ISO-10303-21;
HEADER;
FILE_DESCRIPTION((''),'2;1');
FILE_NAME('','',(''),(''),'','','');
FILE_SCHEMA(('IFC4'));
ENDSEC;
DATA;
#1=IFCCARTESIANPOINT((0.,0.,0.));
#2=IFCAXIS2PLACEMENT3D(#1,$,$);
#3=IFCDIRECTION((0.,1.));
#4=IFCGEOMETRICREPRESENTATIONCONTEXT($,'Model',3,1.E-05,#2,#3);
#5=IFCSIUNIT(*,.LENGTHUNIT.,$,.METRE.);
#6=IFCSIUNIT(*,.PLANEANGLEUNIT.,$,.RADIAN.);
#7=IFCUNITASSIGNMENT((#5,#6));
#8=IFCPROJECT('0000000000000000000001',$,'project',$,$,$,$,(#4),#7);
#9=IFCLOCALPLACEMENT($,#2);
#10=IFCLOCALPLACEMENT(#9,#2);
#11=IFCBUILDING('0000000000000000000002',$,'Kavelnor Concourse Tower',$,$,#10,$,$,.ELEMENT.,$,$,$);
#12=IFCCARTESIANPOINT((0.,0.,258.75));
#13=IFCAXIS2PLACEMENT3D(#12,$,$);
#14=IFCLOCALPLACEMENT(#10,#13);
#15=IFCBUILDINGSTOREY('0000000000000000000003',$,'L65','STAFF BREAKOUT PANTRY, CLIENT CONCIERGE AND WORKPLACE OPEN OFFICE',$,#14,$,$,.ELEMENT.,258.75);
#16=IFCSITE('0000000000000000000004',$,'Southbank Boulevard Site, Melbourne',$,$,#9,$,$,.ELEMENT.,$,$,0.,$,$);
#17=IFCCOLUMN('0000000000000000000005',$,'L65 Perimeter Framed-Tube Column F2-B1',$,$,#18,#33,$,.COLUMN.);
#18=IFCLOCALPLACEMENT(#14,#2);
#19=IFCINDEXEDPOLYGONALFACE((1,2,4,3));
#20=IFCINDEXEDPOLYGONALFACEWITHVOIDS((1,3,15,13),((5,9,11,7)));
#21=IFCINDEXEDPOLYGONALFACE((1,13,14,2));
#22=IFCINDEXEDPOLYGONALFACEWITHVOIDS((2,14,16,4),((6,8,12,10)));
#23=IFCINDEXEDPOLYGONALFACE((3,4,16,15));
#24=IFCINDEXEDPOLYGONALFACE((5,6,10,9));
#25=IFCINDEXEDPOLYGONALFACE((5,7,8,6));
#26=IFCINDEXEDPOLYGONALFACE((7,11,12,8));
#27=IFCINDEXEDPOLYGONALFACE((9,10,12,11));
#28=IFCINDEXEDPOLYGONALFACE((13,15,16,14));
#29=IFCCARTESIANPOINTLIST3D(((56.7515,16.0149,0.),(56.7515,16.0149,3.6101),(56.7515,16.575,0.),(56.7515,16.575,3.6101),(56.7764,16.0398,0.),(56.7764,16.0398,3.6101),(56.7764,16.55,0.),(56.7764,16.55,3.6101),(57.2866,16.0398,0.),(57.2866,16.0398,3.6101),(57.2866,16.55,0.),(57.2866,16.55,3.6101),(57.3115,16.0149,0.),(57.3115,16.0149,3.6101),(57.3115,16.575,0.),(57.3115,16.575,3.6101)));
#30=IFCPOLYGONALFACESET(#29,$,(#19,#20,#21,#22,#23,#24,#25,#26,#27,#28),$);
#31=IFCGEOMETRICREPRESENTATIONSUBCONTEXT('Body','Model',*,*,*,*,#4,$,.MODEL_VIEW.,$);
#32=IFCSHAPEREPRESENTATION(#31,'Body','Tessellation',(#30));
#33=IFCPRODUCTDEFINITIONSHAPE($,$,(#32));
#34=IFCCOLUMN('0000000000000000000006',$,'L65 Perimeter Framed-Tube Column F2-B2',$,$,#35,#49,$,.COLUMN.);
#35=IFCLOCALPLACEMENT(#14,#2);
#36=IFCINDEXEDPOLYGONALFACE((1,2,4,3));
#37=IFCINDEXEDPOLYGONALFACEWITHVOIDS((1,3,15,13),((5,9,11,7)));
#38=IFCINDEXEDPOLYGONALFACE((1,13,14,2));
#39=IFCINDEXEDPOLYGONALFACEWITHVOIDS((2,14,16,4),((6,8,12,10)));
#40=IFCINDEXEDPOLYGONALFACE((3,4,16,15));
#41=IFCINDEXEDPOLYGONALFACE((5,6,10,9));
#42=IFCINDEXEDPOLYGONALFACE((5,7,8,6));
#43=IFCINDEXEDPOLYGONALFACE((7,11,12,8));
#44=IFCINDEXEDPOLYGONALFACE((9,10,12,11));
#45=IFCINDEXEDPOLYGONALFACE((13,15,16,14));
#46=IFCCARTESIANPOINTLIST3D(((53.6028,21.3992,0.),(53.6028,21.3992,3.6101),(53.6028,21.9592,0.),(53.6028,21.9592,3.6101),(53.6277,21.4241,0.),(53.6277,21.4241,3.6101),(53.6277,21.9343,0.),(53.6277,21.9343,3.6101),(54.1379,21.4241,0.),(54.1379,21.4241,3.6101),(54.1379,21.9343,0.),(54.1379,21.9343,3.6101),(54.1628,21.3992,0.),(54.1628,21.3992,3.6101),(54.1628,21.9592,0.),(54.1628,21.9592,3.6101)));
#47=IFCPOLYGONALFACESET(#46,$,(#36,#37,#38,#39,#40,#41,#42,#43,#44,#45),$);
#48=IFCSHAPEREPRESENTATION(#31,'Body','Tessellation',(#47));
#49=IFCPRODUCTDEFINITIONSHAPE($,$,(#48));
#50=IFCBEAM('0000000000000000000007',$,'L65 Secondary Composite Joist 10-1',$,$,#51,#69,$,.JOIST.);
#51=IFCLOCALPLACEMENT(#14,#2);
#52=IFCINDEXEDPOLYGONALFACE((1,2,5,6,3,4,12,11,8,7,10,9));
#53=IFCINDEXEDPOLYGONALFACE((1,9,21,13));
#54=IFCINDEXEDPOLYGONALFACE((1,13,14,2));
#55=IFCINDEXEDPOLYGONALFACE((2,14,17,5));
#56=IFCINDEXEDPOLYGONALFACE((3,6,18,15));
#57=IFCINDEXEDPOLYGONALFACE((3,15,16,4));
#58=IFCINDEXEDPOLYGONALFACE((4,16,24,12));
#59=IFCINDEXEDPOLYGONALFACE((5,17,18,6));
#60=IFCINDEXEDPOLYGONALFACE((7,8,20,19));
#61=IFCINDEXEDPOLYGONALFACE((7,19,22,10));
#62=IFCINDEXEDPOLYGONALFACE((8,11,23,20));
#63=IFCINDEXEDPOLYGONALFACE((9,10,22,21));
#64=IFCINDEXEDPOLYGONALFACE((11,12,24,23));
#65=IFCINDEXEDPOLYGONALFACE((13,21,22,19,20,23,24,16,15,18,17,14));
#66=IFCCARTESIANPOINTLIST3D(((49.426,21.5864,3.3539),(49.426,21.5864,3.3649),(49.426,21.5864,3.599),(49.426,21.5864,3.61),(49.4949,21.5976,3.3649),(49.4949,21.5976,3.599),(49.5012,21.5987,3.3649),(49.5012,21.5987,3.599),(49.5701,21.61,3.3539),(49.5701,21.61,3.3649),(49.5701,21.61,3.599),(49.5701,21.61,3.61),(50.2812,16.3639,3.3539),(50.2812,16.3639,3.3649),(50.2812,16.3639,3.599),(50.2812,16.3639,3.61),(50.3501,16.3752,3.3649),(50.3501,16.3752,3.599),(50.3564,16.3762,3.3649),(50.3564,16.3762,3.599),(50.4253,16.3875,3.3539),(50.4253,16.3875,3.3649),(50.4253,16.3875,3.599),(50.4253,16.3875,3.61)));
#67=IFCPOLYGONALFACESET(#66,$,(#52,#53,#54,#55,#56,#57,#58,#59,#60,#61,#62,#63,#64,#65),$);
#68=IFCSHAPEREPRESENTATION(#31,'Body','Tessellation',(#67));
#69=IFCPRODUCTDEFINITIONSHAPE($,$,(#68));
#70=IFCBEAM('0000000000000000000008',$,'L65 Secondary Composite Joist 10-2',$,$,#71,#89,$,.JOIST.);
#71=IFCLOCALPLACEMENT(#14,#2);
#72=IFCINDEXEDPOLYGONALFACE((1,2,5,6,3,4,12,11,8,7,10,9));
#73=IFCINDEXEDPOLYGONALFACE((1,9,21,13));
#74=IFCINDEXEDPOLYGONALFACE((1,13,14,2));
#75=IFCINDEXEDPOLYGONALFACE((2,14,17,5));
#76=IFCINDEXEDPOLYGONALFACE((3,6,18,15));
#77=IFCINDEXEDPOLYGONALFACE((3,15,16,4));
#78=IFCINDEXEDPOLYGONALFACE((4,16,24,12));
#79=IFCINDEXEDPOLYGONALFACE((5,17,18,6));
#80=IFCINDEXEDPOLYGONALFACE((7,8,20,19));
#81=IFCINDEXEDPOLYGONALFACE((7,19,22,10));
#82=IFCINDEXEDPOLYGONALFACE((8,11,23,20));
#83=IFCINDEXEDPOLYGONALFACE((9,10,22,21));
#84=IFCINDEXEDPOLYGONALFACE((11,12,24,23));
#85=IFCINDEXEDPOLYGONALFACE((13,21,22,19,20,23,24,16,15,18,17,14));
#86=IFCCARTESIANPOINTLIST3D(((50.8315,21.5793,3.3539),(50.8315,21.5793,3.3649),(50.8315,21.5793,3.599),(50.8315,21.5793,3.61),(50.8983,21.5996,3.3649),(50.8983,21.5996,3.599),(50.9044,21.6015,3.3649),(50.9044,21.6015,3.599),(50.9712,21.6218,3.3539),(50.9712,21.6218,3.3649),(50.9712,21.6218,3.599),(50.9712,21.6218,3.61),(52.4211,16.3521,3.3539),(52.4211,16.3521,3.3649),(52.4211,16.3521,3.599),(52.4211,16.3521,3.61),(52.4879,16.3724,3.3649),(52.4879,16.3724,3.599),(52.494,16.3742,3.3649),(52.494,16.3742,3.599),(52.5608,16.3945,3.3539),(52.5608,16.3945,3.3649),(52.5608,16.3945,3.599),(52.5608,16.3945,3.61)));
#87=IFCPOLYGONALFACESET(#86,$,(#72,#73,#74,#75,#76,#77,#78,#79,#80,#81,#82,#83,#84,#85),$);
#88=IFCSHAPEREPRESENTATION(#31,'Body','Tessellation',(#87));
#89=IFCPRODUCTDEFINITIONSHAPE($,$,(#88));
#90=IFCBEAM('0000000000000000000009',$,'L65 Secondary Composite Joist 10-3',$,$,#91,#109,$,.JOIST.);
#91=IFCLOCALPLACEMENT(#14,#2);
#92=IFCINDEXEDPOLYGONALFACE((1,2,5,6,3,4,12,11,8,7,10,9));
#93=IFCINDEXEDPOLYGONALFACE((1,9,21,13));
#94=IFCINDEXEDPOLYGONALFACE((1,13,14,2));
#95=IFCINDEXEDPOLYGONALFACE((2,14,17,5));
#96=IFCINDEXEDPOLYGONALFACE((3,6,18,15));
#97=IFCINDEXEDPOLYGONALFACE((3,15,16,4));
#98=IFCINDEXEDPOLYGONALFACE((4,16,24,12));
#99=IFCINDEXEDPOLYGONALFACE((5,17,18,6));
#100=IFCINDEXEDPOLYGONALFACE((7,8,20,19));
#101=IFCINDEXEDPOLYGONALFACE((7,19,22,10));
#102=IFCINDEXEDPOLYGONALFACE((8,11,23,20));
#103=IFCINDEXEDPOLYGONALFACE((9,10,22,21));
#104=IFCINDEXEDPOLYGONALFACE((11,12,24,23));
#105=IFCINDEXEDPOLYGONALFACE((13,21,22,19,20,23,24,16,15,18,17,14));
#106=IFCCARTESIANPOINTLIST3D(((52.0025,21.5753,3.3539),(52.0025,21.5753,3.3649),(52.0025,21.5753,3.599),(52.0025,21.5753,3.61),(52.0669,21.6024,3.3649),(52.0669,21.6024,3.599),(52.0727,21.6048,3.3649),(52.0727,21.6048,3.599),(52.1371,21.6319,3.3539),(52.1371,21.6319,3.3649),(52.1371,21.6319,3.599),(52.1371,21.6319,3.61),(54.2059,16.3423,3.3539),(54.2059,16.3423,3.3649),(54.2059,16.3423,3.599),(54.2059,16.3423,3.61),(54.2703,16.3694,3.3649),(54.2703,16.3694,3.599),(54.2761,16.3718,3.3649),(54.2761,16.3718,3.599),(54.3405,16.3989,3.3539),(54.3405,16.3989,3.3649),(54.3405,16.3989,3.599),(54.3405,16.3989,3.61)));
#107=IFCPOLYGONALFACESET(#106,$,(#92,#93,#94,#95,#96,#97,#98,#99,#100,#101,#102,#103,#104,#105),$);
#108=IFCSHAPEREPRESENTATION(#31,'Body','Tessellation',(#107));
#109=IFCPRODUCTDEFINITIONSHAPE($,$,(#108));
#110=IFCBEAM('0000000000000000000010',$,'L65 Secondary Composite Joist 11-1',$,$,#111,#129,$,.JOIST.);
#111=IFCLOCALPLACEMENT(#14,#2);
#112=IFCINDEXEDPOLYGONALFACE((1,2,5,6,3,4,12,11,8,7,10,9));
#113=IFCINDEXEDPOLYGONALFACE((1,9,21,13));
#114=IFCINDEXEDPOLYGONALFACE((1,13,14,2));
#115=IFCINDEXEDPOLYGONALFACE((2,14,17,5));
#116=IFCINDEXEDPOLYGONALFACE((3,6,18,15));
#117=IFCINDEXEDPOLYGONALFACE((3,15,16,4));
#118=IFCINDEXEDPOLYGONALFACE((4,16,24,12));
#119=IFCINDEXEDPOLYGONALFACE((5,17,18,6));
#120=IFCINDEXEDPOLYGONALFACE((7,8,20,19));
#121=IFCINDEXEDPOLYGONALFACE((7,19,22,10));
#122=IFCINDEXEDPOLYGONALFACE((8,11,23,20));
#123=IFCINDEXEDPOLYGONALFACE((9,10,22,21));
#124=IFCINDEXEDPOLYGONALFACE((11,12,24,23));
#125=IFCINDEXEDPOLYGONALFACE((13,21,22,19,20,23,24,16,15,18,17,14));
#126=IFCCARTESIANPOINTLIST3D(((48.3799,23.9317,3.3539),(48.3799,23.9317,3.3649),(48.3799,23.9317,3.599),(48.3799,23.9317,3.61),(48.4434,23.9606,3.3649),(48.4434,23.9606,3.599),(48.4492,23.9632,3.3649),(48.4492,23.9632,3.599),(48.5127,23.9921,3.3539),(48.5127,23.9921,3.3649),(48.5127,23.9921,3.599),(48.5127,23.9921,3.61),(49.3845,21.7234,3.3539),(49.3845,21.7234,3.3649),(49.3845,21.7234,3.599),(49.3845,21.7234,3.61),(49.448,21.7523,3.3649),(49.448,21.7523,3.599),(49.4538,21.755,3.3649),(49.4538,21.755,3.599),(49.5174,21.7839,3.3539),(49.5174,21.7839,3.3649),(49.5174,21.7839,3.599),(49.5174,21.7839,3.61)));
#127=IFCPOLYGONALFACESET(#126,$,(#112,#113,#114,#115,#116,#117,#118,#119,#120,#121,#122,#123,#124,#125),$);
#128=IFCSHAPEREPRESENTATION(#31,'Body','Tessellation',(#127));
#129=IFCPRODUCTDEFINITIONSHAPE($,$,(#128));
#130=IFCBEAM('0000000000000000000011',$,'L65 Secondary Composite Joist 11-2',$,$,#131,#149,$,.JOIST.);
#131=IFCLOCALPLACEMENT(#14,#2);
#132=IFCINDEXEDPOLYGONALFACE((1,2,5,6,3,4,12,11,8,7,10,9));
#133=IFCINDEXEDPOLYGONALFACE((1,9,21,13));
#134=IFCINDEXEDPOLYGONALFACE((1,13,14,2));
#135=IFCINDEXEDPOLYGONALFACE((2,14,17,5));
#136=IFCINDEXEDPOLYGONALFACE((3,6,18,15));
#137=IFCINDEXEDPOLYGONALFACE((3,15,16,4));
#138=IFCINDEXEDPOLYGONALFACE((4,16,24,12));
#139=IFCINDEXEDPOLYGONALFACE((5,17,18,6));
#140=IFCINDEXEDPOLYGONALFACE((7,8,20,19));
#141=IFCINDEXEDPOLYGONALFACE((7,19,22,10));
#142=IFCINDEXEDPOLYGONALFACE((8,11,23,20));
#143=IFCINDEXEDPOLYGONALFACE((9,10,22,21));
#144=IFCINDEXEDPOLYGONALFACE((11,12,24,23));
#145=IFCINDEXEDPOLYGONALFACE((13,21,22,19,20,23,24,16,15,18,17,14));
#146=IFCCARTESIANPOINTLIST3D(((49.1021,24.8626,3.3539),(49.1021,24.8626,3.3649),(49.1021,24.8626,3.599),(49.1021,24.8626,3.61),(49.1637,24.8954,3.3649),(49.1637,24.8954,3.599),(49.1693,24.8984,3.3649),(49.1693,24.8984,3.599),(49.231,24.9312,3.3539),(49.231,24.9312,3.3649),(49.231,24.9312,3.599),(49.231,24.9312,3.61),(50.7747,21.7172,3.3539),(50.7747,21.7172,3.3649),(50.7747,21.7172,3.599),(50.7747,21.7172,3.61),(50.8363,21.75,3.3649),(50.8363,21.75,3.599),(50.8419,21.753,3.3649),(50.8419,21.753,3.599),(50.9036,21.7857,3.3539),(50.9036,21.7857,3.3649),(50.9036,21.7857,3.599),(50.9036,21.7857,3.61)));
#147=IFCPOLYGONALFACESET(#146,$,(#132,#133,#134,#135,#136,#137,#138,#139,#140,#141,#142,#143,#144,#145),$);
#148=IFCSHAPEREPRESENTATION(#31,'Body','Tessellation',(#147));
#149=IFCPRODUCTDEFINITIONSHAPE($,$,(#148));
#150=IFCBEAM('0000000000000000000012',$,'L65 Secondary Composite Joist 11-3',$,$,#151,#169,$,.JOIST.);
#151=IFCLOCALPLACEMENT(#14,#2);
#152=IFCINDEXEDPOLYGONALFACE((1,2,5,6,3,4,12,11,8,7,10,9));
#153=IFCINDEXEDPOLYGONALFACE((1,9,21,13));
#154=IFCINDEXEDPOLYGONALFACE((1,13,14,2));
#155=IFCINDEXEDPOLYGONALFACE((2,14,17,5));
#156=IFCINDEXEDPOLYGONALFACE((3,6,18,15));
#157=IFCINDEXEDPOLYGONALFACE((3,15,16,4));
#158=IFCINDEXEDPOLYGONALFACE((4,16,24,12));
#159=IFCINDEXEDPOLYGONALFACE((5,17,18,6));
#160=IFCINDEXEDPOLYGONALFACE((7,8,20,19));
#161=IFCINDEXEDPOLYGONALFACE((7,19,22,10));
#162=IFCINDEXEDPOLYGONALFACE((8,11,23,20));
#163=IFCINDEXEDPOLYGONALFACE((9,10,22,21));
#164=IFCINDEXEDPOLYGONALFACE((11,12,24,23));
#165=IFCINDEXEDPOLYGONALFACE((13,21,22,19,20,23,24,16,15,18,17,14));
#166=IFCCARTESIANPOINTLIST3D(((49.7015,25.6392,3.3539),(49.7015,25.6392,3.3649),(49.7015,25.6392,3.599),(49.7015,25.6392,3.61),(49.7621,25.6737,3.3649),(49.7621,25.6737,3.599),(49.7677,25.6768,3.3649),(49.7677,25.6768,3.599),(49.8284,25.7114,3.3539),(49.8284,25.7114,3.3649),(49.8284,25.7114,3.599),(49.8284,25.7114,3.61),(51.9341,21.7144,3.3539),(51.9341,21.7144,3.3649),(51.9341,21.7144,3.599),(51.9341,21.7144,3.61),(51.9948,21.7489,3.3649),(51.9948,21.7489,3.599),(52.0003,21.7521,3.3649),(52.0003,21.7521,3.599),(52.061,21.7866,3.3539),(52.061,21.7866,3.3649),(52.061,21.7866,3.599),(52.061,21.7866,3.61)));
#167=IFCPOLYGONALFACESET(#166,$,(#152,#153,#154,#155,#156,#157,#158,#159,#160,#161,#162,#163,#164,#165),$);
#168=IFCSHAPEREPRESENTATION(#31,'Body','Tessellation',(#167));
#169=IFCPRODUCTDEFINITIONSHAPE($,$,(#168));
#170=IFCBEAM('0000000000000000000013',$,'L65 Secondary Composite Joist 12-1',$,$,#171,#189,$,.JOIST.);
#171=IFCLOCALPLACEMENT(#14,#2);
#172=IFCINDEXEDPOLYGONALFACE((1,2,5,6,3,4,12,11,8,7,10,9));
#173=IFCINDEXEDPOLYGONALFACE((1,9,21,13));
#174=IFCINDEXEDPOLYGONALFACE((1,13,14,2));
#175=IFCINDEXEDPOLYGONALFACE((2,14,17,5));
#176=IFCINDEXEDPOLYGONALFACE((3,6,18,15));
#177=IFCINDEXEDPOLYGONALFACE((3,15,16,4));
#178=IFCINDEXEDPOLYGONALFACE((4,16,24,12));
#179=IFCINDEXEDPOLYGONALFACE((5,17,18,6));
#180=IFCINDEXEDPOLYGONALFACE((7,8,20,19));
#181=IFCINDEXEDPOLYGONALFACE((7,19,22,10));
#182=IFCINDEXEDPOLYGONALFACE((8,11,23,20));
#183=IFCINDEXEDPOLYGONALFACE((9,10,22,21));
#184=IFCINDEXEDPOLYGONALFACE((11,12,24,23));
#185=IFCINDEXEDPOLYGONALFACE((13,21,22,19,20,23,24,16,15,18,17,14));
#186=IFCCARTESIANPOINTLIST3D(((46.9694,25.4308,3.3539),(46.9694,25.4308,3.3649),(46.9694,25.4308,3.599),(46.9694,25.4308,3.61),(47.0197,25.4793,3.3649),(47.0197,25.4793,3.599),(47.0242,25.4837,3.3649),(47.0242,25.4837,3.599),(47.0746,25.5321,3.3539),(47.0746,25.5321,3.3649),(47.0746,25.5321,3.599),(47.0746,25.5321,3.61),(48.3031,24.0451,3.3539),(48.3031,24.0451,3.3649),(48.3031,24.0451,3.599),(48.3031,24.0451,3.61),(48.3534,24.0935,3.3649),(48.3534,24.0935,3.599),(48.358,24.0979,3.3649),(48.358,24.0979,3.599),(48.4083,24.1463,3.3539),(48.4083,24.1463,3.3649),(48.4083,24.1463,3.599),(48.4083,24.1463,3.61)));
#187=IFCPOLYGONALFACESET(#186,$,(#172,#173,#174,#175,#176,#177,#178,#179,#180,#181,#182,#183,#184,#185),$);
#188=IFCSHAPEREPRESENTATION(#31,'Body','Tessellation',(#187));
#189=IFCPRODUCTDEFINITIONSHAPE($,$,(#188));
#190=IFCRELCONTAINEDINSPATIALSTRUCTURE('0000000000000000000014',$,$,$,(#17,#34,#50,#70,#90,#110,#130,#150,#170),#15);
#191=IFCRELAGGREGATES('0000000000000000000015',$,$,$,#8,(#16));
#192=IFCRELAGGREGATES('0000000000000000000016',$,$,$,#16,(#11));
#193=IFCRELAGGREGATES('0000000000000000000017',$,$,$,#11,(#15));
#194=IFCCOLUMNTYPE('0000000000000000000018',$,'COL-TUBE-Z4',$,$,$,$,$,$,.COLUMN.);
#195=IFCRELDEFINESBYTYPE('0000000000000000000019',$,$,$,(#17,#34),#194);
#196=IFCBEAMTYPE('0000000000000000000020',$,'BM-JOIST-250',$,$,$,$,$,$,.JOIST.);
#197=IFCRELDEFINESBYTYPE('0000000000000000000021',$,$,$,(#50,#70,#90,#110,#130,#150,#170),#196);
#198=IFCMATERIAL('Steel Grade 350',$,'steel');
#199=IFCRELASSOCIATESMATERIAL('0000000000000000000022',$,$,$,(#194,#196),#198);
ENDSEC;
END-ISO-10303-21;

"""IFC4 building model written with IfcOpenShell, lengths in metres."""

from ifc_helpers import new_model, si_unit, direction, frame, origin, origin_2d, place, context, subcontext, project, spatial, hollow_rectangle, i_section, extrude, material, material_profile, profile_set, type_object, element, save


model = new_model("IFC4")

# Units and contexts
model_context = context("Model", 3, precision=1e-05, world=origin(), true_north=direction((0.0, 1.0)))
body_context = subcontext(model_context, "Body", "Model", "MODEL_VIEW")
ifc_project = project(units=[si_unit("LENGTHUNIT", "METRE"), si_unit("PLANEANGLEUNIT", "RADIAN")], contexts=[model_context])

# Site, building, storey
site_placement = place(None, origin())
site = spatial("IfcSite", under=ifc_project, at=site_placement, Name="Southbank Boulevard Site, Melbourne", CompositionType="ELEMENT", RefElevation=0.0)
building_placement = place(site_placement, origin())
building = spatial("IfcBuilding", under=site, at=building_placement, Name="Kavelnor Concourse Tower", CompositionType="ELEMENT")
storey_placement = place(building_placement, frame((0.0, 0.0, 258.75)))
storey = spatial("IfcBuildingStorey", under=building, at=storey_placement, Name="L65", Description="STAFF BREAKOUT PANTRY, CLIENT CONCIERGE AND WORKPLACE OPEN OFFICE", CompositionType="ELEMENT", Elevation=258.75)

# Columns
ifc_material_1 = material(Name="Steel Grade 350", Category="steel")
ifc_material_profile_1 = material_profile(ifc_material_1, hollow_rectangle(XDim=0.5601, YDim=0.5601, WallThickness=0.0249, at=origin_2d()), Name="SHS 560x560x25")
ifc_profile_set_1 = profile_set([ifc_material_profile_1], Name="Steel Grade 350")
column_type = type_object("IfcColumnType", Name="COL-TUBE-Z4", PredefinedType="COLUMN", material=ifc_profile_set_1)
for number, where, z_axis, x_axis, name in (
    (1, (57.0315, 16.2949, 0.0), (0.0, 0.0, 1.0), (1.0, 0.0, 0.0), "L65 Perimeter Framed-Tube Column F2-B1"),
    (2, (53.8828, 21.6792, 0.0), (0.0, 0.0, 1.0), (1.0, 0.0, 0.0), "L65 Perimeter Framed-Tube Column F2-B2"),
):
    element("IfcColumn", number, at=place(storey_placement, frame(where, z_axis=z_axis, x_axis=x_axis)), inside=storey, type_object=column_type, Name=name, PredefinedType="COLUMN", context=body_context, shape_type="SweptSolid", body=[
        extrude(hollow_rectangle(XDim=0.5601, YDim=0.5601, WallThickness=0.0249, at=origin_2d()), origin(), (0.0, 0.0, 1.0), 3.6101),
    ])

# Beams
ifc_material_profile_2 = material_profile(ifc_material_1, i_section(OverallWidth=0.146, OverallDepth=0.2561, WebThickness=0.0063, FlangeThickness=0.011, at=origin_2d()), Name="250UB37")
ifc_profile_set_2 = profile_set([ifc_material_profile_2], Name="Steel Grade 350")
beam_type_1 = type_object("IfcBeamType", Name="BM-JOIST-250", PredefinedType="JOIST", material=ifc_profile_set_2)
beam_1_placement = place(storey_placement, frame((50.3533, 16.3757, 3.4819), z_axis=(-0.161608, 0.986855, 0.0), x_axis=(-0.986855, -0.161608, 0.0)))
element("IfcBeam", 3, at=beam_1_placement, inside=storey, type_object=beam_type_1, Name="L65 Secondary Composite Joist 10-1", PredefinedType="JOIST", context=body_context, shape_type="SweptSolid", body=[
    extrude(i_section(OverallWidth=0.146, OverallDepth=0.2561, WebThickness=0.0063, FlangeThickness=0.011, at=origin_2d()), origin(), (0.0, 0.0, 1.0), 5.292),
])
beam_2_placement = place(storey_placement, frame((52.491, 16.3733, 3.4819), z_axis=(-0.290941, 0.956741, 0.0), x_axis=(-0.956741, -0.290941, 0.0)))
element("IfcBeam", 4, at=beam_2_placement, inside=storey, type_object=beam_type_1, Name="L65 Secondary Composite Joist 10-2", PredefinedType="JOIST", context=body_context, shape_type="SweptSolid", body=[
    extrude(i_section(OverallWidth=0.146, OverallDepth=0.2561, WebThickness=0.0063, FlangeThickness=0.011, at=origin_2d()), origin(), (0.0, 0.0, 1.0), 5.4636),
])
beam_3_placement = place(storey_placement, frame((54.2732, 16.3706, 3.4819), z_axis=(-0.388063, 0.921633, 0.0), x_axis=(-0.921633, -0.388063, 0.0)))
element("IfcBeam", 5, at=beam_3_placement, inside=storey, type_object=beam_type_1, Name="L65 Secondary Composite Joist 10-3", PredefinedType="JOIST", context=body_context, shape_type="SweptSolid", body=[
    extrude(i_section(OverallWidth=0.146, OverallDepth=0.2561, WebThickness=0.0063, FlangeThickness=0.011, at=origin_2d()), origin(), (0.0, 0.0, 1.0), 5.678),
])
beam_4_placement = place(storey_placement, frame((49.4509, 21.7537, 3.4819), z_axis=(-0.414106, 0.910229, 0.0), x_axis=(-0.910229, -0.414106, 0.0)))
element("IfcBeam", 6, at=beam_4_placement, inside=storey, type_object=beam_type_1, Name="L65 Secondary Composite Joist 11-1", PredefinedType="JOIST", context=body_context, shape_type="SweptSolid", body=[
    extrude(i_section(OverallWidth=0.146, OverallDepth=0.2561, WebThickness=0.0063, FlangeThickness=0.011, at=origin_2d()), origin(), (0.0, 0.0, 1.0), 2.426),
])
beam_5_placement = place(storey_placement, frame((50.8391, 21.7515, 3.4819), z_axis=(-0.469496, 0.882935, 0.0), x_axis=(-0.882935, -0.469496, 0.0)))
element("IfcBeam", 7, at=beam_5_placement, inside=storey, type_object=beam_type_1, Name="L65 Secondary Composite Joist 11-2", PredefinedType="JOIST", context=body_context, shape_type="SweptSolid", body=[
    extrude(i_section(OverallWidth=0.146, OverallDepth=0.2561, WebThickness=0.0063, FlangeThickness=0.011, at=origin_2d()), origin(), (0.0, 0.0, 1.0), 3.5625),
])
beam_6_placement = place(storey_placement, frame((51.9976, 21.7505, 3.4819), z_axis=(-0.494455, 0.869203, 0.0), x_axis=(-0.869203, -0.494455, 0.0)))
element("IfcBeam", 8, at=beam_6_placement, inside=storey, type_object=beam_type_1, Name="L65 Secondary Composite Joist 11-3", PredefinedType="JOIST", context=body_context, shape_type="SweptSolid", body=[
    extrude(i_section(OverallWidth=0.146, OverallDepth=0.2561, WebThickness=0.0063, FlangeThickness=0.011, at=origin_2d()), origin(), (0.0, 0.0, 1.0), 4.5154),
])
beam_7_placement = place(storey_placement, frame((48.3557, 24.0957, 3.4819), z_axis=(-0.693459, 0.720496, 0.0), x_axis=(-0.720496, -0.693459, 0.0)))
element("IfcBeam", 9, at=beam_7_placement, inside=storey, type_object=beam_type_1, Name="L65 Secondary Composite Joist 12-1", PredefinedType="JOIST", context=body_context, shape_type="SweptSolid", body=[
    extrude(i_section(OverallWidth=0.146, OverallDepth=0.2561, WebThickness=0.0063, FlangeThickness=0.011, at=origin_2d()), origin(), (0.0, 0.0, 1.0), 1.9233),
])

save(model, "model.ifc")
